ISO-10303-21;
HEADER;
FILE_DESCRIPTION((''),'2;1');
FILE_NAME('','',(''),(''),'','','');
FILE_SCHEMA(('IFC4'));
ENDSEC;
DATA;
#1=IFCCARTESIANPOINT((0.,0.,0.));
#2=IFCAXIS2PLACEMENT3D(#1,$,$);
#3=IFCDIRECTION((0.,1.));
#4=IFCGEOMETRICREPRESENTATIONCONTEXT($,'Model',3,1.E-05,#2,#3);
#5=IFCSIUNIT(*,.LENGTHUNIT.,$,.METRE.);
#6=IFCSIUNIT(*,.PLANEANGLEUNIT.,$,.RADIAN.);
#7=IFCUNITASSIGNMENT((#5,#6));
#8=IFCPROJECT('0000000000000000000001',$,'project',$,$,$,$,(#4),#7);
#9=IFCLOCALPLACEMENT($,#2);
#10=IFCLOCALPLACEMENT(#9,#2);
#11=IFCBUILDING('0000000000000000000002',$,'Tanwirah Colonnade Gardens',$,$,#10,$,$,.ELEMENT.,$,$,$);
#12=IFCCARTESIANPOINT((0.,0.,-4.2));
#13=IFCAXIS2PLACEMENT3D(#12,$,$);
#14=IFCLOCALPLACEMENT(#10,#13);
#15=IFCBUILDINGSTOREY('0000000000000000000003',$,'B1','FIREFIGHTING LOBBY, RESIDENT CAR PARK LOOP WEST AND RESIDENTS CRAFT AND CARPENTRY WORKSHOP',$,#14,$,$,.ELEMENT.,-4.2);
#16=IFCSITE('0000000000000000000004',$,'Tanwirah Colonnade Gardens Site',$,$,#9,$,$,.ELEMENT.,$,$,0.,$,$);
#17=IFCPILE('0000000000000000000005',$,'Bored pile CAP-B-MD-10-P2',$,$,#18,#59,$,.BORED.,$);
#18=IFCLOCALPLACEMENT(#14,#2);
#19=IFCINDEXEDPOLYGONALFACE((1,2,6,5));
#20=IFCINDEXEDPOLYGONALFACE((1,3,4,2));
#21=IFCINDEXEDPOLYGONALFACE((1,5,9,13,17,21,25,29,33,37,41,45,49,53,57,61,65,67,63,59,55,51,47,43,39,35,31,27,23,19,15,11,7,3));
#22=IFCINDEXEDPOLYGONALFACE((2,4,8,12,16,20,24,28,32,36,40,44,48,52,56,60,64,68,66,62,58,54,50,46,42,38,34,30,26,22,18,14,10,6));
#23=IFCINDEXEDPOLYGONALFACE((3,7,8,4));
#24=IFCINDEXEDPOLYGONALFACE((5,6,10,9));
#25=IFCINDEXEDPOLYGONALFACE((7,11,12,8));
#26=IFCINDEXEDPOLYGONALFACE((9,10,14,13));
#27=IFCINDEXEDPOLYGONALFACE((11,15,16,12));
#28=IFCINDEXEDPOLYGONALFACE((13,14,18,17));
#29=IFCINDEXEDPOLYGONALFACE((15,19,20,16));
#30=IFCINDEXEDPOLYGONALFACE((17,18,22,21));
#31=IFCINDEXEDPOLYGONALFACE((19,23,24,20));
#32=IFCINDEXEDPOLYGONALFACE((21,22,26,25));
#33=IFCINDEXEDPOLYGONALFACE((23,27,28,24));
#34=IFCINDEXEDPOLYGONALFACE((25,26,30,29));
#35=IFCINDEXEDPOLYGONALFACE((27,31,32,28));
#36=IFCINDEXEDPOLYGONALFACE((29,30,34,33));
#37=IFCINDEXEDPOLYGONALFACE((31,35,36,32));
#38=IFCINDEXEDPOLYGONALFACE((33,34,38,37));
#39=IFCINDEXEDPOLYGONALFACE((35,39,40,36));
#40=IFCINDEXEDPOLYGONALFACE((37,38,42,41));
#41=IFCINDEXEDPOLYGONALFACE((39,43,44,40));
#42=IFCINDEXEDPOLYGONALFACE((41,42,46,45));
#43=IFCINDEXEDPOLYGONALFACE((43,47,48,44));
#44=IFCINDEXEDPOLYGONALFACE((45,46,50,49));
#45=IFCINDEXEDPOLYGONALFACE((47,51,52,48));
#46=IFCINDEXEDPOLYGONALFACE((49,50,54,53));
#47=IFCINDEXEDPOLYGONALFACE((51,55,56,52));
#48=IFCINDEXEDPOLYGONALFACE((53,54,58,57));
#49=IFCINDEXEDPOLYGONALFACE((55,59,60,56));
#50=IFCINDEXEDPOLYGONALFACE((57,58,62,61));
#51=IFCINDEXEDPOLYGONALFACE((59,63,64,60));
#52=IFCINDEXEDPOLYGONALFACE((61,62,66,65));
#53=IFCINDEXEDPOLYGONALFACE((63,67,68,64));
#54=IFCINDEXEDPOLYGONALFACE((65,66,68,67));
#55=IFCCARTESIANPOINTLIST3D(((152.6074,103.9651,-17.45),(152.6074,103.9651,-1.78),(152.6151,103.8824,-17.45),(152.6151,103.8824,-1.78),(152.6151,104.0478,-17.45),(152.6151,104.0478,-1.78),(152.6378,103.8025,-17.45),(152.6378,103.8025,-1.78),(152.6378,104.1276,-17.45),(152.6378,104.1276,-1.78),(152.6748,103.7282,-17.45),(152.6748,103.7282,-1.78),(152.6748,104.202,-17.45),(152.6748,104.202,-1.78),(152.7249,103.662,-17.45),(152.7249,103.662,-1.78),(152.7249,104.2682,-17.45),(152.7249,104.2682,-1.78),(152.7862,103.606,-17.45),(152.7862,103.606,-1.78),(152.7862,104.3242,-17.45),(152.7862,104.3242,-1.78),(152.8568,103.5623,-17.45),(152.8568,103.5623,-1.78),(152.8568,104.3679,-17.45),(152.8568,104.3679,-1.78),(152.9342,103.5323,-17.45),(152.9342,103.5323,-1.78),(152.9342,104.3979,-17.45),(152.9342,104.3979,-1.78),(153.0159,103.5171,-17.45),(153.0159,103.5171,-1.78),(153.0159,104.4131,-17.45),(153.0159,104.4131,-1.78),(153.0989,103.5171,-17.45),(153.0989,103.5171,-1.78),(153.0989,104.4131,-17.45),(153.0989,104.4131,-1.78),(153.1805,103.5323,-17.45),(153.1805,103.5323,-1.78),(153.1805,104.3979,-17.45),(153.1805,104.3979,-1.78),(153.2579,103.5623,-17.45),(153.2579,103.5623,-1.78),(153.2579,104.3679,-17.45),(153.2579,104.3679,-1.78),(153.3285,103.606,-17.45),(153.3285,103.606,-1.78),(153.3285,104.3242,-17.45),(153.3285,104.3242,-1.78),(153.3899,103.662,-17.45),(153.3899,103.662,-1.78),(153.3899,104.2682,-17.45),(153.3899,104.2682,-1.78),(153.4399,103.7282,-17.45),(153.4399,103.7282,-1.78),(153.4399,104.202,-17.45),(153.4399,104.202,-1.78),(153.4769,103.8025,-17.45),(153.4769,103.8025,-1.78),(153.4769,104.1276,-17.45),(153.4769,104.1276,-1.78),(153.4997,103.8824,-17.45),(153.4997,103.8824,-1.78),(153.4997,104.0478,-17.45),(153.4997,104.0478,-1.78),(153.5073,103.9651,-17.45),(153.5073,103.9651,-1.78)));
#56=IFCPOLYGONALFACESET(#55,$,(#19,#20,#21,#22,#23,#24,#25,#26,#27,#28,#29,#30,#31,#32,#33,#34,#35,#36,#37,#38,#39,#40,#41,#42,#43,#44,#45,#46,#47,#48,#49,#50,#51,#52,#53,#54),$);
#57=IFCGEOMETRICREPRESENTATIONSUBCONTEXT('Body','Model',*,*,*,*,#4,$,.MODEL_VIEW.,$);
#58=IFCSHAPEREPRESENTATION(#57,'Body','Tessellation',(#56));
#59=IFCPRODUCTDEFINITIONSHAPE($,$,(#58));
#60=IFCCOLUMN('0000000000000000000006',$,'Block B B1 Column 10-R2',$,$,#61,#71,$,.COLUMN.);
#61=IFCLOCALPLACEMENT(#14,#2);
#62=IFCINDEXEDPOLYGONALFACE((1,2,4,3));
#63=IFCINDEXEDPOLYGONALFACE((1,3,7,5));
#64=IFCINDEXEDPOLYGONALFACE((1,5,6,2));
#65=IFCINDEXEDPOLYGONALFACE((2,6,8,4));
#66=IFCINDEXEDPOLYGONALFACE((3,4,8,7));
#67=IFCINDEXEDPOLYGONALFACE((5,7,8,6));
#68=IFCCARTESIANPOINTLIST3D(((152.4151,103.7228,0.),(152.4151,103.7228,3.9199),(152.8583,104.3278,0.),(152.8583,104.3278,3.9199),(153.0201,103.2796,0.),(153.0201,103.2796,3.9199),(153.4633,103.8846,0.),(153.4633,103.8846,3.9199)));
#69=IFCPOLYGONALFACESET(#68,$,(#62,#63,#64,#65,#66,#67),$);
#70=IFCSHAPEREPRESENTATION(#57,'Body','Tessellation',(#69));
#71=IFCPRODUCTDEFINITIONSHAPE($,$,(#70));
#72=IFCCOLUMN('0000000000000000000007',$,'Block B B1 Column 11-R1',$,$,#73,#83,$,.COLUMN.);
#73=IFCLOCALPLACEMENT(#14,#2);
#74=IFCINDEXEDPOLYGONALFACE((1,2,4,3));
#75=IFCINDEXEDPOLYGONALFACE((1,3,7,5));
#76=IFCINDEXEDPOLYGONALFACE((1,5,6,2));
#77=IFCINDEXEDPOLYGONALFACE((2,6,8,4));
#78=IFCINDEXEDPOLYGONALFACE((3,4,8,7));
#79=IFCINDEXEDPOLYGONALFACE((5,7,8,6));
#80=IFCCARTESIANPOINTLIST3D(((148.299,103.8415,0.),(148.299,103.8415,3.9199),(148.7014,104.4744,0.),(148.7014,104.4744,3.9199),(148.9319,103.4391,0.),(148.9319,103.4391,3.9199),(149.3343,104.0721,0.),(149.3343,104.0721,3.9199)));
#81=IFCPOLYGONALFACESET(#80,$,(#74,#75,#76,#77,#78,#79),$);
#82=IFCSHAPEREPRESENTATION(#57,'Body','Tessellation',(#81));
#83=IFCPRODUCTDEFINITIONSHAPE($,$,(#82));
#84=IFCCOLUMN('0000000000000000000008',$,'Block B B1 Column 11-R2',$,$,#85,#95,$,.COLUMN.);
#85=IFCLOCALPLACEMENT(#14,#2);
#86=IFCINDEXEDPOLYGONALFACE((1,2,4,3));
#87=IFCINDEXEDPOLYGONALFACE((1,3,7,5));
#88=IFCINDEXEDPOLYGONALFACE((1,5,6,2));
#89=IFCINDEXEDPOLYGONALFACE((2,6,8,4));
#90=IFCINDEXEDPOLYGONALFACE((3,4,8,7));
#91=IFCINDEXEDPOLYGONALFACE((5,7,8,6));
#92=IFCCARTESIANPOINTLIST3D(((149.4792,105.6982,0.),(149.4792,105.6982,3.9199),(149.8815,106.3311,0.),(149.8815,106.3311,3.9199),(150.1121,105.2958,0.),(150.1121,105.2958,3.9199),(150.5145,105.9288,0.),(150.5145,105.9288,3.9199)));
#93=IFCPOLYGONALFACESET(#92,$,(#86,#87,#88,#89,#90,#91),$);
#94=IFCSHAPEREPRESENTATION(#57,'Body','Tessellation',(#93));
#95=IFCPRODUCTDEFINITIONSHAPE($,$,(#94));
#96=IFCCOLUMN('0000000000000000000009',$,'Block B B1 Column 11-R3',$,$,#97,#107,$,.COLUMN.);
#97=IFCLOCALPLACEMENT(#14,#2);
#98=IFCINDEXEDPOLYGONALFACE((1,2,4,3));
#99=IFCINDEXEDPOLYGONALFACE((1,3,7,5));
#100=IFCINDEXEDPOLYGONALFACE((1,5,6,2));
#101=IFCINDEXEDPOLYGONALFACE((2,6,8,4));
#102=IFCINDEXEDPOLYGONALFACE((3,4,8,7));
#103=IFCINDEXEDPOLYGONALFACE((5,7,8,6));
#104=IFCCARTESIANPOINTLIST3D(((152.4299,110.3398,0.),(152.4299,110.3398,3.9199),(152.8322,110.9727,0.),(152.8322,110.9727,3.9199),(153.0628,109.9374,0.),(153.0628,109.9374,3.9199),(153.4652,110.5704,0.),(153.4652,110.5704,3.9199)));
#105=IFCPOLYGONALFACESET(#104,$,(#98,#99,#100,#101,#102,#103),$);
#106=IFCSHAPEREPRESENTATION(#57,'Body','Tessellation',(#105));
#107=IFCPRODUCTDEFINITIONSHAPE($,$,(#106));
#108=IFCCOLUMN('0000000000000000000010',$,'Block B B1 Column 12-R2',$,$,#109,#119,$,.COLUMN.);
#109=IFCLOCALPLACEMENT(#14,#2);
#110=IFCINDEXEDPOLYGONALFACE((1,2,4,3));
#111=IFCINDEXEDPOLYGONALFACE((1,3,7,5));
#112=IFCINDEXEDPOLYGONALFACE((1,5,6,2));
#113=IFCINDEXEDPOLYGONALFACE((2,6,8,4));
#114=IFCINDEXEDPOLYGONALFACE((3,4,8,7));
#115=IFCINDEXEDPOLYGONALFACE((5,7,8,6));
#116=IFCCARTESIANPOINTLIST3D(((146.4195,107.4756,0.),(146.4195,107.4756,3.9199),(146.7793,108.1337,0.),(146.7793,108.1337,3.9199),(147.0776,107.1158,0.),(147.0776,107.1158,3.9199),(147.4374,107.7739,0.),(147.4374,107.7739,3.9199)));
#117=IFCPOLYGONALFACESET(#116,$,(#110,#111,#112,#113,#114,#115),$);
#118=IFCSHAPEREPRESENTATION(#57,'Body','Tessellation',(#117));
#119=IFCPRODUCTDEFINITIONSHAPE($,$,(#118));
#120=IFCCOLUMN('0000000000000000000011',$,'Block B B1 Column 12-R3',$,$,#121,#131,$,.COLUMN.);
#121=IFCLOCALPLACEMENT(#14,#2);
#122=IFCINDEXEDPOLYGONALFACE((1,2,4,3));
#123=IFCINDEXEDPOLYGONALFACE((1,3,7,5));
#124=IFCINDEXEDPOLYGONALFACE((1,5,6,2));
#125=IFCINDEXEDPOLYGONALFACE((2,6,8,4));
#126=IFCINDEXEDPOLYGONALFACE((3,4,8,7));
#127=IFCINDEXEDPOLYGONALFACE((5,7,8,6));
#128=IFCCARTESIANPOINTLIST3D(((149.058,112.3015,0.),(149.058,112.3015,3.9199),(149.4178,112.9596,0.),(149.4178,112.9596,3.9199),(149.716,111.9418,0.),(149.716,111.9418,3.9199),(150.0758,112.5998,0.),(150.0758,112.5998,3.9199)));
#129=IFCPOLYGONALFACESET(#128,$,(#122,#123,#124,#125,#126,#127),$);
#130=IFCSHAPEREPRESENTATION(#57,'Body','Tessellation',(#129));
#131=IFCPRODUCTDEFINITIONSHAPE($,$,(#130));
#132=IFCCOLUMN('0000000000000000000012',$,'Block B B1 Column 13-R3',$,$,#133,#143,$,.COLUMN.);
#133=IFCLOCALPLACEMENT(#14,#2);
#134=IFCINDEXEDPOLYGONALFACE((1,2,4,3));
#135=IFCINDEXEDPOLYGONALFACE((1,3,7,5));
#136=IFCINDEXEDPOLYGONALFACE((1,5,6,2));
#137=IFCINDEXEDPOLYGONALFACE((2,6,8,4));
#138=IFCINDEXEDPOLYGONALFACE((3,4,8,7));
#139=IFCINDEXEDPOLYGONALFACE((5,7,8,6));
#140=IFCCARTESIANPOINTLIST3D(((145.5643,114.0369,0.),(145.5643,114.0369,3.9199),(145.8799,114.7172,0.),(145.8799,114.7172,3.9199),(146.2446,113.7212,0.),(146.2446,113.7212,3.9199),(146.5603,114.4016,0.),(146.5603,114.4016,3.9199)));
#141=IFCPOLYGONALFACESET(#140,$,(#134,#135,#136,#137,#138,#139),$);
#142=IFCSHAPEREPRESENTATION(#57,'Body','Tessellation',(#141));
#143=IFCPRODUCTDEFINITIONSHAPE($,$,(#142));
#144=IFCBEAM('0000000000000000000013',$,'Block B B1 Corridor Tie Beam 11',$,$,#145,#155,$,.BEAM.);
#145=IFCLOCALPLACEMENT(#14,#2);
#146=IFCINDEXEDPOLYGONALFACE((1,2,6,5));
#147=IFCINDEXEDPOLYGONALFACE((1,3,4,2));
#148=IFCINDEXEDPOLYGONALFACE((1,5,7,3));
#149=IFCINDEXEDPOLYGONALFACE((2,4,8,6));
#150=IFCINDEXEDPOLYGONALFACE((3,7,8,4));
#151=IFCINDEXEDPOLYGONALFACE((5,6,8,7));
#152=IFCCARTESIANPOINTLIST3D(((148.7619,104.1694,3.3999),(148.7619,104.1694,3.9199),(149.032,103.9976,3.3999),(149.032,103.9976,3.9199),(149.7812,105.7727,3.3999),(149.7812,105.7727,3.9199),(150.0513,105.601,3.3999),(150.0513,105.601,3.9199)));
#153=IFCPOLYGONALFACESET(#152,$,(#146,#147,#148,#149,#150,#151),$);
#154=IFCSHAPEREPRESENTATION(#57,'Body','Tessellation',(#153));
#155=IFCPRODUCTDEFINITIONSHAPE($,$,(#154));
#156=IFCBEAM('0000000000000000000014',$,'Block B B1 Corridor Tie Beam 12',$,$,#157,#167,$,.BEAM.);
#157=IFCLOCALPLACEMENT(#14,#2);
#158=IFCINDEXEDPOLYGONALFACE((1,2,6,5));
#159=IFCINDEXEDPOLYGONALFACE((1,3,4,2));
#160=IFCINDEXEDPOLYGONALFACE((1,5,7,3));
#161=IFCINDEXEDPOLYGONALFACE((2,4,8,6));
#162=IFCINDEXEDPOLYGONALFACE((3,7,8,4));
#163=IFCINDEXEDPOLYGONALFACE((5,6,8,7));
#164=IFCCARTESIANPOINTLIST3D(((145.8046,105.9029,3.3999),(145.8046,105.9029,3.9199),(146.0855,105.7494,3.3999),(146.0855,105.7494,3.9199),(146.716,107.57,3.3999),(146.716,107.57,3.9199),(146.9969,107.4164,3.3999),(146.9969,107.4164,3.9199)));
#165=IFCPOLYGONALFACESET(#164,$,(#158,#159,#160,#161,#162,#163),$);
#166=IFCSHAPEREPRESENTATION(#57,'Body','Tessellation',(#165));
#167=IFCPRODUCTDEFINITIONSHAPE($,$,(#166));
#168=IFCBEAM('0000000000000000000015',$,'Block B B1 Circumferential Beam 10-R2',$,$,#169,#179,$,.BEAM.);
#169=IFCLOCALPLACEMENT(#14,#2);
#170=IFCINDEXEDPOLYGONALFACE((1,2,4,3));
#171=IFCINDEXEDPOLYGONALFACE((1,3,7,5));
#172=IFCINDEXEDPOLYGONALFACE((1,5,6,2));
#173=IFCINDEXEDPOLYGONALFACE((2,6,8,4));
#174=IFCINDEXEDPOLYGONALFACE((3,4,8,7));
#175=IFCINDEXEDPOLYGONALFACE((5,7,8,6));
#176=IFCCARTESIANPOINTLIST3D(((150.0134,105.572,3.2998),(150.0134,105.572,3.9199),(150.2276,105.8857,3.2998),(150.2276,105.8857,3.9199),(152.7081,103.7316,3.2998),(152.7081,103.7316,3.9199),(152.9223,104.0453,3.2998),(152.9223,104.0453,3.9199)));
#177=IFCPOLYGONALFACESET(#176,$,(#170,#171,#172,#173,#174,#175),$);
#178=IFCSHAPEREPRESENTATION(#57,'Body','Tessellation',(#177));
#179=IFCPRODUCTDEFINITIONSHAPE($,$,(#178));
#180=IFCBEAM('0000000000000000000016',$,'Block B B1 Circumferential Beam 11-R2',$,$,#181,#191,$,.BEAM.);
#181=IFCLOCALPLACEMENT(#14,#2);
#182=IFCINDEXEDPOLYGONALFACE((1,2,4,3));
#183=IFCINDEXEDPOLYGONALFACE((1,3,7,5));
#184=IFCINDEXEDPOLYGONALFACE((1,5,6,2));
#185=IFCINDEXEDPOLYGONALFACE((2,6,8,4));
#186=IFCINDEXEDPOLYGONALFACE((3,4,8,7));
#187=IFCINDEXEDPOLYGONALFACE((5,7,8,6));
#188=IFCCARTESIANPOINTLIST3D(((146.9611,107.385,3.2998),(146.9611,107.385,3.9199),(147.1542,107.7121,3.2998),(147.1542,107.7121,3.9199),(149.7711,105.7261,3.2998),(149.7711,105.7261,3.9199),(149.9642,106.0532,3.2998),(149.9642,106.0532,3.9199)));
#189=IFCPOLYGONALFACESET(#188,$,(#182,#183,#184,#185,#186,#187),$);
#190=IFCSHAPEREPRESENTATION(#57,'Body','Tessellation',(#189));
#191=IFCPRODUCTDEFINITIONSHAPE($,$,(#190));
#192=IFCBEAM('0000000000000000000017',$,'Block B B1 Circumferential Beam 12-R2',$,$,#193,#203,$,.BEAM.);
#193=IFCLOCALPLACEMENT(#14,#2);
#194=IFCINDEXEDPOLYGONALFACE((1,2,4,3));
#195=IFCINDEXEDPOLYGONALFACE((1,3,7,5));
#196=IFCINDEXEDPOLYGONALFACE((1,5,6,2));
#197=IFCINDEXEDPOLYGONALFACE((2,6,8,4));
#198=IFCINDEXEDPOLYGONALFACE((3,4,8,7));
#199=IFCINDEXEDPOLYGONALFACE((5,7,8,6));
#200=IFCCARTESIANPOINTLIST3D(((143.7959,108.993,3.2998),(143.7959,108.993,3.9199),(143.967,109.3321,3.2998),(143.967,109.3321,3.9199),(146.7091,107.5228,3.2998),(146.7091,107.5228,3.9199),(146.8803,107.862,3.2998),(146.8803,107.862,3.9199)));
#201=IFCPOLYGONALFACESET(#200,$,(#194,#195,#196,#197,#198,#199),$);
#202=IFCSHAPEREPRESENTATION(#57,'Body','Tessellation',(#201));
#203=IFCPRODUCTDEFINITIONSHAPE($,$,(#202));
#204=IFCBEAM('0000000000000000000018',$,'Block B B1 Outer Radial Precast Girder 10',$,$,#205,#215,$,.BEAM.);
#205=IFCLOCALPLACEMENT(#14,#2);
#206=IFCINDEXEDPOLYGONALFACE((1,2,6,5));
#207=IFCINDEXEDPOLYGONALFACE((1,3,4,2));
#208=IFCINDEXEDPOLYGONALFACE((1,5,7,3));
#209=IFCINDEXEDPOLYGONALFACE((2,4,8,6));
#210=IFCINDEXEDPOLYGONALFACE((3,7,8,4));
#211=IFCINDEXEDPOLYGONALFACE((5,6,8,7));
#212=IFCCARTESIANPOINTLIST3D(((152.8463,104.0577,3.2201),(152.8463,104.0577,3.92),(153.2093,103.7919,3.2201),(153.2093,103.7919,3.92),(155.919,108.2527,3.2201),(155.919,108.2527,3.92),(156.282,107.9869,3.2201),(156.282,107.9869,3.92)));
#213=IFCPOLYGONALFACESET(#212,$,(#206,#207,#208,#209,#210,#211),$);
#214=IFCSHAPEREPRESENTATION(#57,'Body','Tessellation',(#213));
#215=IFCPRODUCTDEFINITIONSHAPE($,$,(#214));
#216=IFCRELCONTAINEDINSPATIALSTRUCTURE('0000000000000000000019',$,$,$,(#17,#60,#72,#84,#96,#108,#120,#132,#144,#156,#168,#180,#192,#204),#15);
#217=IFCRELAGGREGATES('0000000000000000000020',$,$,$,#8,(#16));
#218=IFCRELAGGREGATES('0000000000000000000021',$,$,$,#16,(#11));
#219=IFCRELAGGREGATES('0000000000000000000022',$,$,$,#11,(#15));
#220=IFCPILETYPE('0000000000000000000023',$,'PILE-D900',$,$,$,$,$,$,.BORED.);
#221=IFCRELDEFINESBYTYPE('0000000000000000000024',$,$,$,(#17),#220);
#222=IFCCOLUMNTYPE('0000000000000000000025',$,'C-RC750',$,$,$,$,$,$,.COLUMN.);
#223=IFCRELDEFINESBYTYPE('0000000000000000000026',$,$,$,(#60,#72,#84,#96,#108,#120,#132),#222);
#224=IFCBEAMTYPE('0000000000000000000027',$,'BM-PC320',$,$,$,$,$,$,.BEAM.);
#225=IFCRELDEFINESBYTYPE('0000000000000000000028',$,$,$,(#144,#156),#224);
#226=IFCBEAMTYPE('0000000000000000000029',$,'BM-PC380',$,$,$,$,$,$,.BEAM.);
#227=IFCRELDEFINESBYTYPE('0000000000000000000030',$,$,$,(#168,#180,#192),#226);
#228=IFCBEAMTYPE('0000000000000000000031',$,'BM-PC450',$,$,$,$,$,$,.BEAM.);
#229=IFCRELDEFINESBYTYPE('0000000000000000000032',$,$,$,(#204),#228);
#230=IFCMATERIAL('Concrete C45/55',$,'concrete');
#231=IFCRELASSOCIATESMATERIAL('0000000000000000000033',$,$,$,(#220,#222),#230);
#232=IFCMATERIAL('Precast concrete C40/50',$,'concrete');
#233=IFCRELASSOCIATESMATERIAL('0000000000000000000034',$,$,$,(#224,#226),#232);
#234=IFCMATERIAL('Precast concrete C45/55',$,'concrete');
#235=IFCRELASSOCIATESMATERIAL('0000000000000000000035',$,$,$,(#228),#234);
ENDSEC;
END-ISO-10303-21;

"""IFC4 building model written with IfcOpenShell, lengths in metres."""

from ifc_helpers import new_model, si_unit, direction, frame, origin, origin_2d, place, context, subcontext, project, spatial, rectangle, circle, extrude, material, material_profile, profile_set, type_object, element, save


model = new_model("IFC4")

# Units and contexts
model_context = context("Model", 3, precision=1e-05, world=origin(), true_north=direction((0.0, 1.0)))
body_context = subcontext(model_context, "Body", "Model", "MODEL_VIEW")
ifc_project = project(units=[si_unit("LENGTHUNIT", "METRE"), si_unit("PLANEANGLEUNIT", "RADIAN")], contexts=[model_context])

# Site, building, storey
site_placement = place(None, origin())
site = spatial("IfcSite", under=ifc_project, at=site_placement, Name="Tanwirah Colonnade Gardens Site", CompositionType="ELEMENT", RefElevation=0.0)
building_placement = place(site_placement, origin())
building = spatial("IfcBuilding", under=site, at=building_placement, Name="Tanwirah Colonnade Gardens", CompositionType="ELEMENT")
storey_placement = place(building_placement, frame((0.0, 0.0, -4.2)))
storey = spatial("IfcBuildingStorey", under=building, at=storey_placement, Name="B1", Description="FIREFIGHTING LOBBY, RESIDENT CAR PARK LOOP WEST AND RESIDENTS CRAFT AND CARPENTRY WORKSHOP", CompositionType="ELEMENT", Elevation=-4.2)

# Shared definitions
ifc_material_1 = material(Name="Concrete C45/55", Category="concrete")

# Pile
ifc_material_profile_1 = material_profile(ifc_material_1, circle(Radius=0.45, at=origin_2d()), Name="PILE D900")
ifc_profile_set_1 = profile_set([ifc_material_profile_1], Name="Concrete C45/55")
pile_type_1 = type_object("IfcPileType", Name="PILE-D900", PredefinedType="BORED", material=ifc_profile_set_1)
pile_1_placement = place(storey_placement, frame((153.0574, 103.9651, -1.78), z_axis=(0.0, 0.0, -1.0), x_axis=(1.0, 0.0, 0.0)))
element("IfcPile", 1, at=pile_1_placement, inside=storey, type_object=pile_type_1, Name="Bored pile CAP-B-MD-10-P2", PredefinedType="BORED", context=body_context, shape_type="SweptSolid", body=[
    extrude(circle(Radius=0.45, at=origin_2d()), origin(), (0.0, 0.0, 1.0), 15.6699),
])

# Columns
ifc_material_profile_2 = material_profile(ifc_material_1, rectangle(XDim=0.75, YDim=0.75, at=origin_2d()), Name="RC-COL 750x750")
ifc_profile_set_2 = profile_set([ifc_material_profile_2], Name="Concrete C45/55")
column_type = type_object("IfcColumnType", Name="C-RC750", PredefinedType="COLUMN", material=ifc_profile_set_2)
for number, where, z_axis, x_axis, name in (
    (2, (152.9392, 103.8037, 0.0), (0.0, 0.0, 1.0), (0.590919, 0.806731, 0.0), "Block B B1 Column 10-R2"),
    (3, (148.8167, 103.9568, 0.0), (0.0, 0.0, 1.0), (0.536482, 0.843912, 0.0), "Block B B1 Column 11-R1"),
    (4, (149.9968, 105.8135, 0.0), (0.0, 0.0, 1.0), (0.536482, 0.843912, 0.0), "Block B B1 Column 11-R2"),
    (5, (152.9475, 110.4551, 0.0), (0.0, 0.0, 1.0), (0.536482, 0.843912, 0.0), "Block B B1 Column 11-R3"),
    (6, (146.9285, 107.6248, 0.0), (0.0, 0.0, 1.0), (0.479713, 0.877425, 0.0), "Block B B1 Column 12-R2"),
    (7, (149.5669, 112.4507, 0.0), (0.0, 0.0, 1.0), (0.479713, 0.877425, 0.0), "Block B B1 Column 12-R3"),
    (8, (146.0623, 114.2192, 0.0), (0.0, 0.0, 1.0), (0.42086, 0.907126, 0.0), "Block B B1 Column 13-R3"),
):
    element("IfcColumn", number, at=place(storey_placement, frame(where, z_axis=z_axis, x_axis=x_axis)), inside=storey, type_object=column_type, Name=name, PredefinedType="COLUMN", context=body_context, shape_type="SweptSolid", body=[
        extrude(rectangle(XDim=0.75, YDim=0.75, at=origin_2d()), origin(), (0.0, 0.0, 1.0), 3.9199),
    ])

# Beams
ifc_material_2 = material(Name="Precast concrete C40/50", Category="concrete")
ifc_material_profile_3 = material_profile(ifc_material_2, rectangle(XDim=0.3201, YDim=0.52, at=origin_2d()), Name="PC-BM 320x520")
ifc_profile_set_3 = profile_set([ifc_material_profile_3], Name="Precast concrete C40/50")
beam_type_1 = type_object("IfcBeamType", Name="BM-PC320", PredefinedType="BEAM", material=ifc_profile_set_3)
for number, where, z_axis, x_axis, name in (
    (9, (148.897, 104.0835, 3.6599), (0.53651, 0.843894, 0.0), (-0.843894, 0.53651, 0.0), "Block B B1 Corridor Tie Beam 11"),
    (10, (145.9451, 105.8262, 3.6599), (0.479707, 0.877429, 0.0), (-0.877429, 0.479707, 0.0), "Block B B1 Corridor Tie Beam 12"),
):
    element("IfcBeam", number, at=place(storey_placement, frame(where, z_axis=z_axis, x_axis=x_axis)), inside=storey, type_object=beam_type_1, Name=name, PredefinedType="BEAM", context=body_context, shape_type="SweptSolid", body=[
        extrude(rectangle(XDim=0.3201, YDim=0.52, at=origin_2d()), origin(), (0.0, 0.0, 1.0), 1.8999),
    ])
ifc_material_profile_4 = material_profile(ifc_material_2, rectangle(XDim=0.3799, YDim=0.6201, at=origin_2d()), Name="PC-BM 380x620")
ifc_profile_set_4 = profile_set([ifc_material_profile_4], Name="Precast concrete C40/50")
beam_type_2 = type_object("IfcBeamType", Name="BM-PC380", PredefinedType="BEAM", material=ifc_profile_set_4)
for number, where, z_axis, x_axis, name in (
    (11, (152.8152, 103.8884, 3.6099), (-0.825782, 0.563989, 0.0), (-0.563989, -0.825782, 0.0), "Block B B1 Circumferential Beam 10-R2"),
    (12, (149.8677, 105.8896, 3.6099), (-0.861135, 0.508376, 0.0), (-0.508376, -0.861135, 0.0), "Block B B1 Circumferential Beam 11-R2"),
    (13, (146.7947, 107.6924, 3.6099), (-0.89276, 0.450532, 0.0), (-0.450532, -0.89276, 0.0), "Block B B1 Circumferential Beam 12-R2"),
):
    element("IfcBeam", number, at=place(storey_placement, frame(where, z_axis=z_axis, x_axis=x_axis)), inside=storey, type_object=beam_type_2, Name=name, PredefinedType="BEAM", context=body_context, shape_type="SweptSolid", body=[
        extrude(rectangle(XDim=0.3799, YDim=0.6201, at=origin_2d()), origin(), (0.0, 0.0, 1.0), 3.2632),
    ])
ifc_material_3 = material(Name="Precast concrete C45/55", Category="concrete")
ifc_material_profile_5 = material_profile(ifc_material_3, rectangle(XDim=0.45, YDim=0.7, at=origin_2d()), Name="PC-BM 450x700")
ifc_profile_set_5 = profile_set([ifc_material_profile_5], Name="Precast concrete C45/55")
beam_type_3 = type_object("IfcBeamType", Name="BM-PC450", PredefinedType="BEAM", material=ifc_profile_set_5)
beam_1_placement = place(storey_placement, frame((153.0278, 103.9248, 3.5701), z_axis=(0.59091, 0.806738, 0.0), x_axis=(-0.806738, 0.59091, 0.0)))
element("IfcBeam", 14, at=beam_1_placement, inside=storey, type_object=beam_type_3, Name="Block B B1 Outer Radial Precast Girder 10", PredefinedType="BEAM", context=body_context, shape_type="SweptSolid", body=[
    extrude(rectangle(XDim=0.45, YDim=0.7, at=origin_2d()), origin(), (0.0, 0.0, 1.0), 5.2),
])

save(model, "model.ifc")
